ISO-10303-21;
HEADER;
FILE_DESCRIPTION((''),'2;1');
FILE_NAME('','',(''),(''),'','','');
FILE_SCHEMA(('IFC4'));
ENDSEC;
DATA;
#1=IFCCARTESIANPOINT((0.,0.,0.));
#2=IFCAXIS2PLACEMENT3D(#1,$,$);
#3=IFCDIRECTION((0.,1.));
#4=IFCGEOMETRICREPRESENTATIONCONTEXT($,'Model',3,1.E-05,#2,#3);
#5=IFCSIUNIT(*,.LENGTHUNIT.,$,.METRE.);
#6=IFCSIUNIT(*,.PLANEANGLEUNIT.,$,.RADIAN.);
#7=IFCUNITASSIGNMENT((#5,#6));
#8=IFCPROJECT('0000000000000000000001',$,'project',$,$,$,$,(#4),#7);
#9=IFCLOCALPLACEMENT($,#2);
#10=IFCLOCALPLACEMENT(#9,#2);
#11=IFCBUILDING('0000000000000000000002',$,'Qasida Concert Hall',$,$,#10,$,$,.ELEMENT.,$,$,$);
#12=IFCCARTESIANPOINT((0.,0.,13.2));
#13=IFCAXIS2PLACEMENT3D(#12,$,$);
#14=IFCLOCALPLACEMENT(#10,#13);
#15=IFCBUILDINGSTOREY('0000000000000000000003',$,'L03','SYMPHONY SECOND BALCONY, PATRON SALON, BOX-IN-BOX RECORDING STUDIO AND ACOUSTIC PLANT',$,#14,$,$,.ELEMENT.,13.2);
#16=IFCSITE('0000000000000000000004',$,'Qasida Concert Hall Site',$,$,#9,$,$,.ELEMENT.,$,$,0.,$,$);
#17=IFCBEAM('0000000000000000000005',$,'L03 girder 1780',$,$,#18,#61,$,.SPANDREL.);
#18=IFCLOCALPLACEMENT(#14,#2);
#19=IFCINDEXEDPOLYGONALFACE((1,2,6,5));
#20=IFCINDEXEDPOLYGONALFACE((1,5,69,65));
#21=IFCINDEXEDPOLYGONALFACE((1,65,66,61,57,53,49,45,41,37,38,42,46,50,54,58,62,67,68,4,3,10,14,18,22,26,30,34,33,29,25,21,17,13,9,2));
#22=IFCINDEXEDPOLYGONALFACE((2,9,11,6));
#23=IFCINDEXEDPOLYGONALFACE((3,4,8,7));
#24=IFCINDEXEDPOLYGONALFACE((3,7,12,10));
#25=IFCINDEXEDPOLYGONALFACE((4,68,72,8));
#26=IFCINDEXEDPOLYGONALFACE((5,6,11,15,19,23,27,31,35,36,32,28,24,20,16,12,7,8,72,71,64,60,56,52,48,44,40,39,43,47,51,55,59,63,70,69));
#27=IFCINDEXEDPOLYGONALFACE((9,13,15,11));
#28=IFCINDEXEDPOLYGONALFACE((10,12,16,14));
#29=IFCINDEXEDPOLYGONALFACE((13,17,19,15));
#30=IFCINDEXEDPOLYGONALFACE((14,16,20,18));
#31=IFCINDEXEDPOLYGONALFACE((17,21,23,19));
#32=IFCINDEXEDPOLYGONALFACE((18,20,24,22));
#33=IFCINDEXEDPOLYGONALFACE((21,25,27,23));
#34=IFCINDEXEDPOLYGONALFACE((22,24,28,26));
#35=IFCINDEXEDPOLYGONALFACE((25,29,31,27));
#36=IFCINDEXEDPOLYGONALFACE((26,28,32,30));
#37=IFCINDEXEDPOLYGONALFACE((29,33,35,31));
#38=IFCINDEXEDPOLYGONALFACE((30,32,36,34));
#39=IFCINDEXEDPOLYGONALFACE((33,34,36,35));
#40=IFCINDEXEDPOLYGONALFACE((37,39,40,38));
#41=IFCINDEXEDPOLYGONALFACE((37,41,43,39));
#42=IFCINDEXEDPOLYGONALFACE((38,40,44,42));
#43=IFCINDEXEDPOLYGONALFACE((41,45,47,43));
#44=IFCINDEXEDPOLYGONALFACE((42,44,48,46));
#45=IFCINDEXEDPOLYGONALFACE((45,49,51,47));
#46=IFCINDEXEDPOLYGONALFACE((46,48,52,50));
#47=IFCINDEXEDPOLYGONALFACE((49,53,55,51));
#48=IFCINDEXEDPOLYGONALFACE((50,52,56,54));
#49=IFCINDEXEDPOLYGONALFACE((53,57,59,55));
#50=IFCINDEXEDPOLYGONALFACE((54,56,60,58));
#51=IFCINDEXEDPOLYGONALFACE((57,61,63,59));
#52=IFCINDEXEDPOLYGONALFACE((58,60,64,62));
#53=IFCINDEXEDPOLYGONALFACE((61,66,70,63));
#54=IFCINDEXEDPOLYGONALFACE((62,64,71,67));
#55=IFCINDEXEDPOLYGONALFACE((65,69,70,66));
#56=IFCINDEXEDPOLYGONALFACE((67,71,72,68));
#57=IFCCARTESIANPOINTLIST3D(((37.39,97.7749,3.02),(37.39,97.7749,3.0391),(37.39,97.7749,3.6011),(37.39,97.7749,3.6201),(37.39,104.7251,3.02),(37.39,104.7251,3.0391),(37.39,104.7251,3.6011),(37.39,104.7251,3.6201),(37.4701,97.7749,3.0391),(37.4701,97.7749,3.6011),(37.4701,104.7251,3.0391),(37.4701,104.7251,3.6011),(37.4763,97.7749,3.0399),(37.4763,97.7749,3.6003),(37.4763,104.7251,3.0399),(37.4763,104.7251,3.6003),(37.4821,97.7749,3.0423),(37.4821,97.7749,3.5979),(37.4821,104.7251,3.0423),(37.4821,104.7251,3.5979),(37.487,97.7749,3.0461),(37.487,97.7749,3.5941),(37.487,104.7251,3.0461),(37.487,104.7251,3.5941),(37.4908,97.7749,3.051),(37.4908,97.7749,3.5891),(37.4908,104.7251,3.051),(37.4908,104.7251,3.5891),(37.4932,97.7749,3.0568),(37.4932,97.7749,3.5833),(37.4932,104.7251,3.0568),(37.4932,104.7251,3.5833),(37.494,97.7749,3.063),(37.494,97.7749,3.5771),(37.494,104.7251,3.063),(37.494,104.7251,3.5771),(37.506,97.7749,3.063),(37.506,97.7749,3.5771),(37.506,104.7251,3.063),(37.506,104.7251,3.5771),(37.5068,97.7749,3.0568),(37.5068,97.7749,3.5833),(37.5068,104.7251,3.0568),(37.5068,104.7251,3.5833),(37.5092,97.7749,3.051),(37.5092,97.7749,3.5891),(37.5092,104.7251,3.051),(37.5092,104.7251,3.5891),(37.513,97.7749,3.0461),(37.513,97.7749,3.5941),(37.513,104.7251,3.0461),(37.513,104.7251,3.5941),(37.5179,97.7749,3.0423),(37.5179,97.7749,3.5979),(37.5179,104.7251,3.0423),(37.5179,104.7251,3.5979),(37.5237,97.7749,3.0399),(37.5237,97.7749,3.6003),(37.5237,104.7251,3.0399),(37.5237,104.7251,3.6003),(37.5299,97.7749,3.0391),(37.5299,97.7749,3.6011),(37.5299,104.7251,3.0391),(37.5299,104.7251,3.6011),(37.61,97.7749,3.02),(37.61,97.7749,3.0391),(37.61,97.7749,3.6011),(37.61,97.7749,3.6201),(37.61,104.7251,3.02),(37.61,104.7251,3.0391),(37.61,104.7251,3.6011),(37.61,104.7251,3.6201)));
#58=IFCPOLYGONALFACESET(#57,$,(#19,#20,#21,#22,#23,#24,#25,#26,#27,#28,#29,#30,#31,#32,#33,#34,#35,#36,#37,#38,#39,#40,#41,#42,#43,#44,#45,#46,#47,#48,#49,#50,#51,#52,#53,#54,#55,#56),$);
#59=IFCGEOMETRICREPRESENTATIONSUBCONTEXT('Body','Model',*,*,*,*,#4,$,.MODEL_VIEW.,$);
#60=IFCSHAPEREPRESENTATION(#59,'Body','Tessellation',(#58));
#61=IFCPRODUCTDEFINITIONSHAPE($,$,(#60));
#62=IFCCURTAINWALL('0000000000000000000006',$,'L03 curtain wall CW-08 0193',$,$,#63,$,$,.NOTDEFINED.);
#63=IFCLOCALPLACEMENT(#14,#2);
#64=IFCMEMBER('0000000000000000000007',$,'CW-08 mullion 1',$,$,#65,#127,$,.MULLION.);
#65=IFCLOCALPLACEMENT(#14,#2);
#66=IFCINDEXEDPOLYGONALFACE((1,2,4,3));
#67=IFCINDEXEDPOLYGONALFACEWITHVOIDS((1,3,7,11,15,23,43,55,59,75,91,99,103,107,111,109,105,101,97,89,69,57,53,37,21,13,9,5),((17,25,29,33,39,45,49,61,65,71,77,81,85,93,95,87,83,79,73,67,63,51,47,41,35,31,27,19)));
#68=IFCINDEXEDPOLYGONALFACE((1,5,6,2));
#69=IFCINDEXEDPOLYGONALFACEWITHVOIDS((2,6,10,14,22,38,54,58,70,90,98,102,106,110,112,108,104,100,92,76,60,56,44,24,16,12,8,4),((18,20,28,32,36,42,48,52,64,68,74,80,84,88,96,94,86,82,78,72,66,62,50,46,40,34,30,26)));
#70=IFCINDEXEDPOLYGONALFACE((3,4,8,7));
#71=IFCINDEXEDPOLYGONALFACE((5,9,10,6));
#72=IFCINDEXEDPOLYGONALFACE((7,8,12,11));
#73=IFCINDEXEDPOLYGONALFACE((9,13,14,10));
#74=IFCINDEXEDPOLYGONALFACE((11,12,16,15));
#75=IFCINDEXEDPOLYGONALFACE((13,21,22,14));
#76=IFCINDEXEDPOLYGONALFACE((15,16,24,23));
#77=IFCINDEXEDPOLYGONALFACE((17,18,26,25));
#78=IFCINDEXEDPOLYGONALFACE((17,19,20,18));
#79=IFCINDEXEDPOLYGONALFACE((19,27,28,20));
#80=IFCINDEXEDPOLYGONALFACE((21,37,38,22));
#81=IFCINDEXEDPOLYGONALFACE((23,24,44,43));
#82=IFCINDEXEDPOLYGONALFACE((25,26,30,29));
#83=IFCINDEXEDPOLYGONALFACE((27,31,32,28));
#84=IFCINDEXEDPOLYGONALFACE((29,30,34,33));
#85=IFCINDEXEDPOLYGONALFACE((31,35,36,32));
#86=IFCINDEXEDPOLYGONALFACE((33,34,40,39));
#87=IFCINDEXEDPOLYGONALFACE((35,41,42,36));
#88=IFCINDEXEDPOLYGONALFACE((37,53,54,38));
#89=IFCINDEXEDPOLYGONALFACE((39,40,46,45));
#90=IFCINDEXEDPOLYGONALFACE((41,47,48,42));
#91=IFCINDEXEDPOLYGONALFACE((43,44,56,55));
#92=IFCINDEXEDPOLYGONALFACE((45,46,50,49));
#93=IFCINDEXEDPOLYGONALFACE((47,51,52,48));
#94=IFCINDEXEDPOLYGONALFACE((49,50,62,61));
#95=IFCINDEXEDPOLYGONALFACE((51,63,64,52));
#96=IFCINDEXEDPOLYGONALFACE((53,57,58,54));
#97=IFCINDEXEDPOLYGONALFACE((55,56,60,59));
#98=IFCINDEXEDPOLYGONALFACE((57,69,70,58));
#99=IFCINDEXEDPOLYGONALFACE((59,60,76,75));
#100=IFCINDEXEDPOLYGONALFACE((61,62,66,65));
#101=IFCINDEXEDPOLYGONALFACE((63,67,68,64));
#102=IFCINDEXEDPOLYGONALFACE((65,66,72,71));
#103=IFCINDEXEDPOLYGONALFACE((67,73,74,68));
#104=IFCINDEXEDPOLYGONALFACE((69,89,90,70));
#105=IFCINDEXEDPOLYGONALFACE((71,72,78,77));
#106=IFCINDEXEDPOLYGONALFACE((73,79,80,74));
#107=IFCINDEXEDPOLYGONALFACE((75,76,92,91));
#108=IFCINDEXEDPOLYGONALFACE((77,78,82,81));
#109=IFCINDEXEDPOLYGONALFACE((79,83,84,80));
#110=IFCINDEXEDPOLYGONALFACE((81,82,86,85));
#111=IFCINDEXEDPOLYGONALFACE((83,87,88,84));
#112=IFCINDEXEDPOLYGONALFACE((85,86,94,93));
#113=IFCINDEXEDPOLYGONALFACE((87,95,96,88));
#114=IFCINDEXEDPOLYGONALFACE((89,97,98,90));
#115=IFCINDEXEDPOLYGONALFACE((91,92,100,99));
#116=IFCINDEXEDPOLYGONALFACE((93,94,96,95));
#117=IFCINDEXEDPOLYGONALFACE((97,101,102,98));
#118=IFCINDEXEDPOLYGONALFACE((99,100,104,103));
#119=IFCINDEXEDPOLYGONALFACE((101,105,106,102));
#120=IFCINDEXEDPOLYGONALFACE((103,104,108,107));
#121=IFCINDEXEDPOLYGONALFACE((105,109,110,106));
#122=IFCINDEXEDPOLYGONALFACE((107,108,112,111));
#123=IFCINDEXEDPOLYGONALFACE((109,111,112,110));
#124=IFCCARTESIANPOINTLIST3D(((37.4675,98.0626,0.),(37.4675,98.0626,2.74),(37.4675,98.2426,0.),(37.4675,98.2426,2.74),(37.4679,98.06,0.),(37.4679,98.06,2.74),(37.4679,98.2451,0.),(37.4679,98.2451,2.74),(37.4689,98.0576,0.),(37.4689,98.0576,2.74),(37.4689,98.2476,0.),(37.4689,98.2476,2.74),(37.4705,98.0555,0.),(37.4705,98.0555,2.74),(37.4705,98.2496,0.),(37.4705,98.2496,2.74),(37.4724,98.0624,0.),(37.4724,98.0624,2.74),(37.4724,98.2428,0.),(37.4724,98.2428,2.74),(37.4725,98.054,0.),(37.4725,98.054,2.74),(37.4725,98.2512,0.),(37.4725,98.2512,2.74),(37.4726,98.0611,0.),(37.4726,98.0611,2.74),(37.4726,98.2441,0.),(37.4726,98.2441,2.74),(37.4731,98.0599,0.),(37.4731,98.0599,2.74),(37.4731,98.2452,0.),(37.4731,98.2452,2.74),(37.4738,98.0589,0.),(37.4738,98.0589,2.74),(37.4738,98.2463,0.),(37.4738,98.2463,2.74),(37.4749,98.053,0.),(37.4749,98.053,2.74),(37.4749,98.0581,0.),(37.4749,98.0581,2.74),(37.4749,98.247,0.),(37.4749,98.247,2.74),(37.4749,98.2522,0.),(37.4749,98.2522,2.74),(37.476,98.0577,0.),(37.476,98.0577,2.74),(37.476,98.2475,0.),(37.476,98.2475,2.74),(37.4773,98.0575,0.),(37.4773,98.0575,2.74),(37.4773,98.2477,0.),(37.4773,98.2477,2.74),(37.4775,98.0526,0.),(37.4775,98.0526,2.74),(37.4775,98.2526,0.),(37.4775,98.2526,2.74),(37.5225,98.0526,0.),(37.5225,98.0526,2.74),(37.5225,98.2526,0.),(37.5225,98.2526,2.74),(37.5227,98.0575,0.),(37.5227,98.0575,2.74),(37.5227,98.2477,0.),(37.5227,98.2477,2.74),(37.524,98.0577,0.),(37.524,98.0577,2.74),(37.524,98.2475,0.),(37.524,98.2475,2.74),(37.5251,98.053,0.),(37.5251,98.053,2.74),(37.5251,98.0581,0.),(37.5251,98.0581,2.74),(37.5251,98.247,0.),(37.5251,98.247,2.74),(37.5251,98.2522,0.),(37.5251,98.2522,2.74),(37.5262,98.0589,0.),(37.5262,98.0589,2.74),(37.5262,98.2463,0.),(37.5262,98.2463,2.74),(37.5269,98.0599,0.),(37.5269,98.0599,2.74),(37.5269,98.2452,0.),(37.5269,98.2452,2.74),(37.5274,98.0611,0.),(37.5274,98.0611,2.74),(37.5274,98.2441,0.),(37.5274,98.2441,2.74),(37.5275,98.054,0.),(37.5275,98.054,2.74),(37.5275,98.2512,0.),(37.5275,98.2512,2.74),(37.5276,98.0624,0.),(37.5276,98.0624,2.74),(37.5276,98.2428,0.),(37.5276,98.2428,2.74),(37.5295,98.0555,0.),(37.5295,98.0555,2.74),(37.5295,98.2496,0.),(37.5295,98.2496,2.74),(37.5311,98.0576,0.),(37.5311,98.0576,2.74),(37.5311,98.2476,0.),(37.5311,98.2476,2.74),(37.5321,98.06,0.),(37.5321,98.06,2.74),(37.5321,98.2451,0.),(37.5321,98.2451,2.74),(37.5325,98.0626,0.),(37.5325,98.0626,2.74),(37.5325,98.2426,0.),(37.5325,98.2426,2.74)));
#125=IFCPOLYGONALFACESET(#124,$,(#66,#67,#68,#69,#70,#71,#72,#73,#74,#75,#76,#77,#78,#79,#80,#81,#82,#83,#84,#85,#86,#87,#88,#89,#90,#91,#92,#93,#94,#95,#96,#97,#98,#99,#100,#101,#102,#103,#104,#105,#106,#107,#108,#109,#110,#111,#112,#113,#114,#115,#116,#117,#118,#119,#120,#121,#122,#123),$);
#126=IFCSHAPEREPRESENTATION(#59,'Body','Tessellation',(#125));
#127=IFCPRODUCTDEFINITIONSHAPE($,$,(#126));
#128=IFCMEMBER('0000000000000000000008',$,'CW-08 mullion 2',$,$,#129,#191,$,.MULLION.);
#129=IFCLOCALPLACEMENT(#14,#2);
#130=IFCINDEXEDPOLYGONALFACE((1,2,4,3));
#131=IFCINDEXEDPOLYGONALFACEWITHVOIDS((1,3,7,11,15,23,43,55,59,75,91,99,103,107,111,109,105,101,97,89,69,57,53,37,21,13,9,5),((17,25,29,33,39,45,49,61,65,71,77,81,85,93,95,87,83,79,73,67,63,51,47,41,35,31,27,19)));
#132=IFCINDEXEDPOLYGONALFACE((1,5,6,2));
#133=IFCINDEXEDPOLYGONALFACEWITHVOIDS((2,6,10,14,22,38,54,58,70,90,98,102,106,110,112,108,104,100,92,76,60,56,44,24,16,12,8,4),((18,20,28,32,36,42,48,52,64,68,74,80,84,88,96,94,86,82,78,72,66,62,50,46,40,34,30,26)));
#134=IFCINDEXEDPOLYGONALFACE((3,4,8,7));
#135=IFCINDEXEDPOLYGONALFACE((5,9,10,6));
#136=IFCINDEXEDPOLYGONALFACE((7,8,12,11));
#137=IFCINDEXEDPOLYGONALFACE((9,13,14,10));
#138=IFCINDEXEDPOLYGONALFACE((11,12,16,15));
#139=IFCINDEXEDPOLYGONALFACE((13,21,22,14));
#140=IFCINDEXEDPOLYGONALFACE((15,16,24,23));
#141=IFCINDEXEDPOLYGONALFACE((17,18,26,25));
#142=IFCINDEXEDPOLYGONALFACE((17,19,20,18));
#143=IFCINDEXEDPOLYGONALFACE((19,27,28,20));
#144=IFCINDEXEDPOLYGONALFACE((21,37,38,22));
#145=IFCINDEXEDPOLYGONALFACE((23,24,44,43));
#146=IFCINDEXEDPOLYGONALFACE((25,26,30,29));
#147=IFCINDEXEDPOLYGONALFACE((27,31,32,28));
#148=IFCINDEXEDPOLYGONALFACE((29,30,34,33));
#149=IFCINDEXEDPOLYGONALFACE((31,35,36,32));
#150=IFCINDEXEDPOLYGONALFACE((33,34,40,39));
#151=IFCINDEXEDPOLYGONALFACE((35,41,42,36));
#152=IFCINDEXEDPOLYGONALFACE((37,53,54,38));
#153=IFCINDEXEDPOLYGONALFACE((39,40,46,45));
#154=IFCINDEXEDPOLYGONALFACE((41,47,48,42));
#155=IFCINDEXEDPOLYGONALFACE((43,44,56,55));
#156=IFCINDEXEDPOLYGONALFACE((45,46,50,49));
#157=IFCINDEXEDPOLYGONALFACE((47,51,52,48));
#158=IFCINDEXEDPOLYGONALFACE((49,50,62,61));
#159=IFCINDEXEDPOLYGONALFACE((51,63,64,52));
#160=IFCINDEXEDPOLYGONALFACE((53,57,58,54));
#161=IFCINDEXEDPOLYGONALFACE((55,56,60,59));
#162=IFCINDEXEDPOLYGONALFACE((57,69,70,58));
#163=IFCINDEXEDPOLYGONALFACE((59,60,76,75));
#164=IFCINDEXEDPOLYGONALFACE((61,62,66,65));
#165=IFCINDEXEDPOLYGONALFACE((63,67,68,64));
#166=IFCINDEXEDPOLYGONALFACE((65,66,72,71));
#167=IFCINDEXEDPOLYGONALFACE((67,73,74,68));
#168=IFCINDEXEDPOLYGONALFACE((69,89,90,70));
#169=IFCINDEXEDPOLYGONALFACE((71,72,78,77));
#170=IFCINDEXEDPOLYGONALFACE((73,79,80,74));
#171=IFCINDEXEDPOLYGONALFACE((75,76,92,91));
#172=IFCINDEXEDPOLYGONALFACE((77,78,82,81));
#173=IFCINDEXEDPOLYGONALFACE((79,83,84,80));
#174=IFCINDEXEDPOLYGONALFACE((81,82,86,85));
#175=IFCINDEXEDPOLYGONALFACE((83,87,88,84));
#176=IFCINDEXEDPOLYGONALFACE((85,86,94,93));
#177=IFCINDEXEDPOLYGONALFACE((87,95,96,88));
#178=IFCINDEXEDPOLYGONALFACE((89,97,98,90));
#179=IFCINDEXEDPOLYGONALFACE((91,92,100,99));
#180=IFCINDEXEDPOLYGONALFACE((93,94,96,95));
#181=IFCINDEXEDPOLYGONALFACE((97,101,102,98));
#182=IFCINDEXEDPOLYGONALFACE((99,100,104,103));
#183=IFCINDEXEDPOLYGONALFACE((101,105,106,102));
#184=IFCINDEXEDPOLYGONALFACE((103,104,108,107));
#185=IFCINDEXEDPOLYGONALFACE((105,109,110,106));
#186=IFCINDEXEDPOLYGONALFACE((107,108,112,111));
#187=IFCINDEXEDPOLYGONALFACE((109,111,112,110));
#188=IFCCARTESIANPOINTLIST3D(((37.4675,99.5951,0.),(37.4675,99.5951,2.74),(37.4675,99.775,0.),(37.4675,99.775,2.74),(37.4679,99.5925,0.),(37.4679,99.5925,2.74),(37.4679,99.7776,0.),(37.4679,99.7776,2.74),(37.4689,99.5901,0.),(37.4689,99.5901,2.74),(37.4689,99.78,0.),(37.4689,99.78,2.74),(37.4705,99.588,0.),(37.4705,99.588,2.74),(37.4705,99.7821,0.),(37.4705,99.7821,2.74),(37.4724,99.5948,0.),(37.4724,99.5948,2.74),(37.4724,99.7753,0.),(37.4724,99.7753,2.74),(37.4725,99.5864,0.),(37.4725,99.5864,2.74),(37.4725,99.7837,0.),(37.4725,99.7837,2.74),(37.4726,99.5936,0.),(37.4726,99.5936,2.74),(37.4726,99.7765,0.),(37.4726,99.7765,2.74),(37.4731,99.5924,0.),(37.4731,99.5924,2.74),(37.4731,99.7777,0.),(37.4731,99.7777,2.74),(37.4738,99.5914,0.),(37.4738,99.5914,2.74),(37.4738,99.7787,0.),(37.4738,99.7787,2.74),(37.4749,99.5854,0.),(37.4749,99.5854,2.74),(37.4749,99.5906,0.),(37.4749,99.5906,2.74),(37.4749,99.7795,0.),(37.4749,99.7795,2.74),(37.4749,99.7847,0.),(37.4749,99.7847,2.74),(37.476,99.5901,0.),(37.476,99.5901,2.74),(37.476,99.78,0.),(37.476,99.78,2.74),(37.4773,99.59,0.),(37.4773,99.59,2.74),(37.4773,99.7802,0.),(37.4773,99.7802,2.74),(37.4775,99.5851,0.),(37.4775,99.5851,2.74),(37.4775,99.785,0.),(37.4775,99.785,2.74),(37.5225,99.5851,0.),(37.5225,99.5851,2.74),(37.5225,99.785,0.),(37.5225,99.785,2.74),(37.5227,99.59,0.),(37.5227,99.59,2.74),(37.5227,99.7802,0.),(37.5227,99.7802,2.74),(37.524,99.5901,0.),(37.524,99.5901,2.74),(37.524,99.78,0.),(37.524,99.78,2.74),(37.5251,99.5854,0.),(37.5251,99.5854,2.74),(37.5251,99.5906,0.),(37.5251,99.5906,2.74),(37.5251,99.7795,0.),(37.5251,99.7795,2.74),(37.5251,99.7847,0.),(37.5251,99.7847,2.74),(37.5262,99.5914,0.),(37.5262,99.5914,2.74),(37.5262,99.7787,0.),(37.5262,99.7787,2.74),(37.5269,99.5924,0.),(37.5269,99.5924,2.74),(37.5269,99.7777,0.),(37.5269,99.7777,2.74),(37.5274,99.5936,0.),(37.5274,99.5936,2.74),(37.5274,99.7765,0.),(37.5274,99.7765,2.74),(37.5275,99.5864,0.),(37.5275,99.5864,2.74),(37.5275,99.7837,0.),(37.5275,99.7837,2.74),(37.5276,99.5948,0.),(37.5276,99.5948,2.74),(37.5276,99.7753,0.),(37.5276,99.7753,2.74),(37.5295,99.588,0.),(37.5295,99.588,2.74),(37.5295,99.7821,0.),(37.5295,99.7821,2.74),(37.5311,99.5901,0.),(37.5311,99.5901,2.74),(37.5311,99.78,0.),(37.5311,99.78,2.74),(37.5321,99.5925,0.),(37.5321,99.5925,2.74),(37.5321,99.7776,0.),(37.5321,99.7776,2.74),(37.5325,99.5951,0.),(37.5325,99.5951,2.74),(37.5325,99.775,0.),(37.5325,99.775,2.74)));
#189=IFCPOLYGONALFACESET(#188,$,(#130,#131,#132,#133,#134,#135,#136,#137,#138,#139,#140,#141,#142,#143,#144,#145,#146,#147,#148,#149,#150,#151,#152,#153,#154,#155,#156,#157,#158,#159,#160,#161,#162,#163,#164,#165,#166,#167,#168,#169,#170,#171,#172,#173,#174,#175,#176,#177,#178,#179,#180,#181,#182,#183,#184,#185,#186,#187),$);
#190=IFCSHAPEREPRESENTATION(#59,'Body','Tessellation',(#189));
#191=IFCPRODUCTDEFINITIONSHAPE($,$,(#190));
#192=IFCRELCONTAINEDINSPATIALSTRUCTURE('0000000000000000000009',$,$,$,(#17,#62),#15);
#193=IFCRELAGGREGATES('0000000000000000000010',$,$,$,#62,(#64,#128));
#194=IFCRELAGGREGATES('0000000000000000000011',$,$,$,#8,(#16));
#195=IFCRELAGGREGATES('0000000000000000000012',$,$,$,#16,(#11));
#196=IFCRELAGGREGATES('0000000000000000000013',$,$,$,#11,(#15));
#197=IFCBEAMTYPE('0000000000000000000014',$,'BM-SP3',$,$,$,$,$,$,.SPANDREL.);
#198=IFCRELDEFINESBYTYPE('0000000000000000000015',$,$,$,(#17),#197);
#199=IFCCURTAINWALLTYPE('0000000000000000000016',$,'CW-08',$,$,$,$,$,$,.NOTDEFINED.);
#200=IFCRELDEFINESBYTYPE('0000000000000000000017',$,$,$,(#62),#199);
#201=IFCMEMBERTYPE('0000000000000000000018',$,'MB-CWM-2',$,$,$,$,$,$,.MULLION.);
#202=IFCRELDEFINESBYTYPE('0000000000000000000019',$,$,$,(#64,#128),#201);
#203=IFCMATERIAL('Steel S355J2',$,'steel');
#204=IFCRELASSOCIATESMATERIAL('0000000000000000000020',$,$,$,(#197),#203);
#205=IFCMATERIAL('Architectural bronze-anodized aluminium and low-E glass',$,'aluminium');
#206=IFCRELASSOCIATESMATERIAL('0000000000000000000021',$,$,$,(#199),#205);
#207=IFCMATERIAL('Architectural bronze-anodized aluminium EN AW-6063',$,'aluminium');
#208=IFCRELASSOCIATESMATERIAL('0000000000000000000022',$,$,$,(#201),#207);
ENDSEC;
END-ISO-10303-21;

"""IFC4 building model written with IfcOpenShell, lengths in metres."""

from ifc_helpers import new_model, si_unit, direction, frame, origin, origin_2d, place, context, subcontext, project, spatial, hollow_rectangle, i_section, extrude, material, material_profile, profile_set, type_object, element, aggregate, save


model = new_model("IFC4")

# Units and contexts
model_context = context("Model", 3, precision=1e-05, world=origin(), true_north=direction((0.0, 1.0)))
body_context = subcontext(model_context, "Body", "Model", "MODEL_VIEW")
ifc_project = project(units=[si_unit("LENGTHUNIT", "METRE"), si_unit("PLANEANGLEUNIT", "RADIAN")], contexts=[model_context])

# Site, building, storey
site_placement = place(None, origin())
site = spatial("IfcSite", under=ifc_project, at=site_placement, Name="Qasida Concert Hall Site", CompositionType="ELEMENT", RefElevation=0.0)
building_placement = place(site_placement, origin())
building = spatial("IfcBuilding", under=site, at=building_placement, Name="Qasida Concert Hall", CompositionType="ELEMENT")
storey_placement = place(building_placement, frame((0.0, 0.0, 13.2)))
storey = spatial("IfcBuildingStorey", under=building, at=storey_placement, Name="L03", Description="SYMPHONY SECOND BALCONY, PATRON SALON, BOX-IN-BOX RECORDING STUDIO AND ACOUSTIC PLANT", CompositionType="ELEMENT", Elevation=13.2)

# Beam
ifc_material_1 = material(Name="Steel S355J2", Category="steel")
ifc_material_profile_1 = material_profile(ifc_material_1, i_section(OverallWidth=0.22, OverallDepth=0.6001, WebThickness=0.012, FlangeThickness=0.019, FilletRadius=0.0239, at=origin_2d()), Name="IPE 600")
ifc_profile_set_1 = profile_set([ifc_material_profile_1], Name="Steel S355J2")
beam_type_1 = type_object("IfcBeamType", Name="BM-SP3", PredefinedType="SPANDREL", material=ifc_profile_set_1)
beam_1_placement = place(storey_placement, frame((37.5, 97.7749, 3.3201), z_axis=(0.0, 1.0, 0.0), x_axis=(-1.0, 0.0, 0.0)))
element("IfcBeam", 1, at=beam_1_placement, inside=storey, type_object=beam_type_1, Name="L03 girder 1780", PredefinedType="SPANDREL", context=body_context, shape_type="SweptSolid", body=[
    extrude(i_section(OverallWidth=0.22, OverallDepth=0.6001, WebThickness=0.012, FlangeThickness=0.019, FilletRadius=0.0239, at=origin_2d()), origin(), (0.0, 0.0, 1.0), 6.9502),
])

# Curtain wall, members
ifc_material_2 = material(Name="Architectural bronze-anodized aluminium and low-E glass", Category="aluminium")
curtain_wall_type = type_object("IfcCurtainWallType", Name="CW-08", PredefinedType="NOTDEFINED", material=ifc_material_2)
curtain_wall_placement = place(storey_placement, origin())
curtain_wall = element("IfcCurtainWall", 2, at=curtain_wall_placement, inside=storey, type_object=curtain_wall_type, Name="L03 curtain wall CW-08 0193", PredefinedType="NOTDEFINED")
ifc_material_3 = material(Name="Architectural bronze-anodized aluminium EN AW-6063", Category="aluminium")
ifc_material_profile_2 = material_profile(ifc_material_3, hollow_rectangle(XDim=0.0649, YDim=0.2, WallThickness=0.0049, InnerFilletRadius=0.0049, OuterFilletRadius=0.01, at=origin_2d()), Name="CWM 200x65x5")
ifc_profile_set_2 = profile_set([ifc_material_profile_2], Name="Architectural bronze-anodized aluminium EN AW-6063")
member_type_1 = type_object("IfcMemberType", Name="MB-CWM-2", PredefinedType="MULLION", material=ifc_profile_set_2)
member_1_placement = place(storey_placement, frame((37.5, 98.1526, 0.0), z_axis=(0.0, 0.0, 1.0), x_axis=(-1.0, 0.0, 0.0)))
member_1 = element("IfcMember", 3, at=member_1_placement, type_object=member_type_1, Name="CW-08 mullion 1", PredefinedType="MULLION", context=body_context, shape_type="SweptSolid", body=[
    extrude(hollow_rectangle(XDim=0.0649, YDim=0.2, WallThickness=0.0049, InnerFilletRadius=0.0049, OuterFilletRadius=0.01, at=origin_2d()), origin(), (0.0, 0.0, 1.0), 2.74),
])
member_2_placement = place(storey_placement, frame((37.5, 99.6851, 0.0), z_axis=(0.0, 0.0, 1.0), x_axis=(-1.0, 0.0, 0.0)))
member_2 = element("IfcMember", 4, at=member_2_placement, type_object=member_type_1, Name="CW-08 mullion 2", PredefinedType="MULLION", context=body_context, shape_type="SweptSolid", body=[
    extrude(hollow_rectangle(XDim=0.0649, YDim=0.2, WallThickness=0.0049, InnerFilletRadius=0.0049, OuterFilletRadius=0.01, at=origin_2d()), origin(), (0.0, 0.0, 1.0), 2.74),
])
aggregate(curtain_wall, [member_1, member_2])

save(model, "model.ifc")
